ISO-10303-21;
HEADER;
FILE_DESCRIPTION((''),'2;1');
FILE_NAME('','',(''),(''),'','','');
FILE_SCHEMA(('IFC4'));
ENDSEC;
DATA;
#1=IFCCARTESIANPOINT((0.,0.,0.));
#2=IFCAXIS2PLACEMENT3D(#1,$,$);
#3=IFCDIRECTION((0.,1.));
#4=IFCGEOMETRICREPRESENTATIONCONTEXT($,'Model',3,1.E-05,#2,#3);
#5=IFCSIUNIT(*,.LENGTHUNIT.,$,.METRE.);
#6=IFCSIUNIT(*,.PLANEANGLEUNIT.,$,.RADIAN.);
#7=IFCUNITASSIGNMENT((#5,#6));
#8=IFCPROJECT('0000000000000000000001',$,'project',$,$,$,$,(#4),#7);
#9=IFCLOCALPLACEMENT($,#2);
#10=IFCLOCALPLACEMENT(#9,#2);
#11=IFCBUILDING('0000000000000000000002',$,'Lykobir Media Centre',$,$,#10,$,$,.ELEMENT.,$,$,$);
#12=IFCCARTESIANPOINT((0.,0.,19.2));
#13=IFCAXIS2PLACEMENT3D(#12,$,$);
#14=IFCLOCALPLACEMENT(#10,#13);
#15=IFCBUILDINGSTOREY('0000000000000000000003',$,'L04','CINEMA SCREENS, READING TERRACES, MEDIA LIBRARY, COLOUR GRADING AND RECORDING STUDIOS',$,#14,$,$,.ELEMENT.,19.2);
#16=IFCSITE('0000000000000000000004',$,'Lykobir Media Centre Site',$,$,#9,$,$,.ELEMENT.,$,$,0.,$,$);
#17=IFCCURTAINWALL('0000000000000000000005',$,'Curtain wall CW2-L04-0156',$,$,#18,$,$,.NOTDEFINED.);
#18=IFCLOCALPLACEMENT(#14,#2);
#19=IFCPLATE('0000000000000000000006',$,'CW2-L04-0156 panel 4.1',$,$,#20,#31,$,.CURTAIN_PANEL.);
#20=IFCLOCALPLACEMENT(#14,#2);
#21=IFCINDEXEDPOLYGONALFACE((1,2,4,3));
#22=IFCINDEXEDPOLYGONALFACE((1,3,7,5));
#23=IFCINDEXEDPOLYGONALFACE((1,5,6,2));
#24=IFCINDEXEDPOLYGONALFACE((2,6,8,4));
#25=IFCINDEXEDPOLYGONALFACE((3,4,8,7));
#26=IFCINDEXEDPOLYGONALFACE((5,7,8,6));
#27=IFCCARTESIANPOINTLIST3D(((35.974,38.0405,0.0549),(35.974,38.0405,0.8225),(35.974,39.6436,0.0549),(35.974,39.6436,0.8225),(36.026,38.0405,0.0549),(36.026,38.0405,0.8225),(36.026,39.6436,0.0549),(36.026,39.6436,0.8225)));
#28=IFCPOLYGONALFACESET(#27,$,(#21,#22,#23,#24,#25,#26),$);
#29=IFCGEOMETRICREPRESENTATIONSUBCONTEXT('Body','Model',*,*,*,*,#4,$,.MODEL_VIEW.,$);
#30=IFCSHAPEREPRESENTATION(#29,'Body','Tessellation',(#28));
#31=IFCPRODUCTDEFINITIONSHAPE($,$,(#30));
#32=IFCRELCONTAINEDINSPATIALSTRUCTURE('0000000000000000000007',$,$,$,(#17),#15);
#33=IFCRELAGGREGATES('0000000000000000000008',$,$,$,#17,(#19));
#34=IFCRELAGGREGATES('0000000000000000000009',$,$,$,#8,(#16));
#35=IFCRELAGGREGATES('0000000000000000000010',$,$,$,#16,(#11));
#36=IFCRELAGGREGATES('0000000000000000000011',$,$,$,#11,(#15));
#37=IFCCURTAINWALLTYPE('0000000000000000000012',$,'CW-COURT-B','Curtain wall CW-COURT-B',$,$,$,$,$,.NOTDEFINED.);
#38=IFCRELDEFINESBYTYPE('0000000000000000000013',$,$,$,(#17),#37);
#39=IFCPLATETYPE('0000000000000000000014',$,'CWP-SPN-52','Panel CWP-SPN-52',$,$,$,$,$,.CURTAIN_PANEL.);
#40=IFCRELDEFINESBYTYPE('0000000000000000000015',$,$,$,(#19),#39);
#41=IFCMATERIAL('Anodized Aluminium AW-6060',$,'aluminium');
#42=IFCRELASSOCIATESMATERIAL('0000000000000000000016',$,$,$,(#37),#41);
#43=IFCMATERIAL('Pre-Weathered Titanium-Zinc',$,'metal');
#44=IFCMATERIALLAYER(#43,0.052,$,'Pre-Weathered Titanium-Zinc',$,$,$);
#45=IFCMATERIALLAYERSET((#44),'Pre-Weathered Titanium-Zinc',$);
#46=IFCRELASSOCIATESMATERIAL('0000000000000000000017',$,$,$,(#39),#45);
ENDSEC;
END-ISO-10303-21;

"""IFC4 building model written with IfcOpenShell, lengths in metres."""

from ifc_helpers import new_model, si_unit, direction, frame, origin, origin_2d, place, context, subcontext, project, spatial, rectangle, extrude, material, layer, layer_set, type_object, element, aggregate, save


model = new_model("IFC4")

# Units and contexts
model_context = context("Model", 3, precision=1e-05, world=origin(), true_north=direction((0.0, 1.0)))
body_context = subcontext(model_context, "Body", "Model", "MODEL_VIEW")
ifc_project = project(units=[si_unit("LENGTHUNIT", "METRE"), si_unit("PLANEANGLEUNIT", "RADIAN")], contexts=[model_context])

# Site, building, storey
site_placement = place(None, origin())
site = spatial("IfcSite", under=ifc_project, at=site_placement, Name="Lykobir Media Centre Site", CompositionType="ELEMENT", RefElevation=0.0)
building_placement = place(site_placement, origin())
building = spatial("IfcBuilding", under=site, at=building_placement, Name="Lykobir Media Centre", CompositionType="ELEMENT")
storey_placement = place(building_placement, frame((0.0, 0.0, 19.2)))
storey = spatial("IfcBuildingStorey", under=building, at=storey_placement, Name="L04", Description="CINEMA SCREENS, READING TERRACES, MEDIA LIBRARY, COLOUR GRADING AND RECORDING STUDIOS", CompositionType="ELEMENT", Elevation=19.2)

# Shared definitions
ifc_material_1 = material(Name="Anodized Aluminium AW-6060", Category="aluminium")
curtain_wall_type = type_object("IfcCurtainWallType", Name="CW-COURT-B", Description="Curtain wall CW-COURT-B", PredefinedType="NOTDEFINED", material=ifc_material_1)

# Curtain wall
curtain_wall_1_placement = place(storey_placement, origin())
curtain_wall_1 = element("IfcCurtainWall", 1, at=curtain_wall_1_placement, inside=storey, type_object=curtain_wall_type, Name="Curtain wall CW2-L04-0156", PredefinedType="NOTDEFINED")

# Plate
ifc_material_2 = material(Name="Pre-Weathered Titanium-Zinc", Category="metal")
ifc_layer_1 = layer(ifc_material_2, 0.052, Name="Pre-Weathered Titanium-Zinc")
ifc_layer_set_1 = layer_set([ifc_layer_1], Name="Pre-Weathered Titanium-Zinc")
plate_type_1 = type_object("IfcPlateType", Name="CWP-SPN-52", Description="Panel CWP-SPN-52", PredefinedType="CURTAIN_PANEL", material=ifc_layer_set_1)
plate_1_placement = place(storey_placement, frame((36.0, 38.842, 0.0549), z_axis=(0.0, 0.0, 1.0), x_axis=(0.0, -1.0, 0.0)))
plate_1 = element("IfcPlate", 2, at=plate_1_placement, type_object=plate_type_1, Name="CW2-L04-0156 panel 4.1", PredefinedType="CURTAIN_PANEL", context=body_context, shape_type="SweptSolid", body=[
    extrude(rectangle(XDim=1.603, YDim=0.052, at=origin_2d()), origin(), (0.0, 0.0, 1.0), 0.7676),
])
aggregate(curtain_wall_1, [plate_1])

save(model, "model.ifc")
